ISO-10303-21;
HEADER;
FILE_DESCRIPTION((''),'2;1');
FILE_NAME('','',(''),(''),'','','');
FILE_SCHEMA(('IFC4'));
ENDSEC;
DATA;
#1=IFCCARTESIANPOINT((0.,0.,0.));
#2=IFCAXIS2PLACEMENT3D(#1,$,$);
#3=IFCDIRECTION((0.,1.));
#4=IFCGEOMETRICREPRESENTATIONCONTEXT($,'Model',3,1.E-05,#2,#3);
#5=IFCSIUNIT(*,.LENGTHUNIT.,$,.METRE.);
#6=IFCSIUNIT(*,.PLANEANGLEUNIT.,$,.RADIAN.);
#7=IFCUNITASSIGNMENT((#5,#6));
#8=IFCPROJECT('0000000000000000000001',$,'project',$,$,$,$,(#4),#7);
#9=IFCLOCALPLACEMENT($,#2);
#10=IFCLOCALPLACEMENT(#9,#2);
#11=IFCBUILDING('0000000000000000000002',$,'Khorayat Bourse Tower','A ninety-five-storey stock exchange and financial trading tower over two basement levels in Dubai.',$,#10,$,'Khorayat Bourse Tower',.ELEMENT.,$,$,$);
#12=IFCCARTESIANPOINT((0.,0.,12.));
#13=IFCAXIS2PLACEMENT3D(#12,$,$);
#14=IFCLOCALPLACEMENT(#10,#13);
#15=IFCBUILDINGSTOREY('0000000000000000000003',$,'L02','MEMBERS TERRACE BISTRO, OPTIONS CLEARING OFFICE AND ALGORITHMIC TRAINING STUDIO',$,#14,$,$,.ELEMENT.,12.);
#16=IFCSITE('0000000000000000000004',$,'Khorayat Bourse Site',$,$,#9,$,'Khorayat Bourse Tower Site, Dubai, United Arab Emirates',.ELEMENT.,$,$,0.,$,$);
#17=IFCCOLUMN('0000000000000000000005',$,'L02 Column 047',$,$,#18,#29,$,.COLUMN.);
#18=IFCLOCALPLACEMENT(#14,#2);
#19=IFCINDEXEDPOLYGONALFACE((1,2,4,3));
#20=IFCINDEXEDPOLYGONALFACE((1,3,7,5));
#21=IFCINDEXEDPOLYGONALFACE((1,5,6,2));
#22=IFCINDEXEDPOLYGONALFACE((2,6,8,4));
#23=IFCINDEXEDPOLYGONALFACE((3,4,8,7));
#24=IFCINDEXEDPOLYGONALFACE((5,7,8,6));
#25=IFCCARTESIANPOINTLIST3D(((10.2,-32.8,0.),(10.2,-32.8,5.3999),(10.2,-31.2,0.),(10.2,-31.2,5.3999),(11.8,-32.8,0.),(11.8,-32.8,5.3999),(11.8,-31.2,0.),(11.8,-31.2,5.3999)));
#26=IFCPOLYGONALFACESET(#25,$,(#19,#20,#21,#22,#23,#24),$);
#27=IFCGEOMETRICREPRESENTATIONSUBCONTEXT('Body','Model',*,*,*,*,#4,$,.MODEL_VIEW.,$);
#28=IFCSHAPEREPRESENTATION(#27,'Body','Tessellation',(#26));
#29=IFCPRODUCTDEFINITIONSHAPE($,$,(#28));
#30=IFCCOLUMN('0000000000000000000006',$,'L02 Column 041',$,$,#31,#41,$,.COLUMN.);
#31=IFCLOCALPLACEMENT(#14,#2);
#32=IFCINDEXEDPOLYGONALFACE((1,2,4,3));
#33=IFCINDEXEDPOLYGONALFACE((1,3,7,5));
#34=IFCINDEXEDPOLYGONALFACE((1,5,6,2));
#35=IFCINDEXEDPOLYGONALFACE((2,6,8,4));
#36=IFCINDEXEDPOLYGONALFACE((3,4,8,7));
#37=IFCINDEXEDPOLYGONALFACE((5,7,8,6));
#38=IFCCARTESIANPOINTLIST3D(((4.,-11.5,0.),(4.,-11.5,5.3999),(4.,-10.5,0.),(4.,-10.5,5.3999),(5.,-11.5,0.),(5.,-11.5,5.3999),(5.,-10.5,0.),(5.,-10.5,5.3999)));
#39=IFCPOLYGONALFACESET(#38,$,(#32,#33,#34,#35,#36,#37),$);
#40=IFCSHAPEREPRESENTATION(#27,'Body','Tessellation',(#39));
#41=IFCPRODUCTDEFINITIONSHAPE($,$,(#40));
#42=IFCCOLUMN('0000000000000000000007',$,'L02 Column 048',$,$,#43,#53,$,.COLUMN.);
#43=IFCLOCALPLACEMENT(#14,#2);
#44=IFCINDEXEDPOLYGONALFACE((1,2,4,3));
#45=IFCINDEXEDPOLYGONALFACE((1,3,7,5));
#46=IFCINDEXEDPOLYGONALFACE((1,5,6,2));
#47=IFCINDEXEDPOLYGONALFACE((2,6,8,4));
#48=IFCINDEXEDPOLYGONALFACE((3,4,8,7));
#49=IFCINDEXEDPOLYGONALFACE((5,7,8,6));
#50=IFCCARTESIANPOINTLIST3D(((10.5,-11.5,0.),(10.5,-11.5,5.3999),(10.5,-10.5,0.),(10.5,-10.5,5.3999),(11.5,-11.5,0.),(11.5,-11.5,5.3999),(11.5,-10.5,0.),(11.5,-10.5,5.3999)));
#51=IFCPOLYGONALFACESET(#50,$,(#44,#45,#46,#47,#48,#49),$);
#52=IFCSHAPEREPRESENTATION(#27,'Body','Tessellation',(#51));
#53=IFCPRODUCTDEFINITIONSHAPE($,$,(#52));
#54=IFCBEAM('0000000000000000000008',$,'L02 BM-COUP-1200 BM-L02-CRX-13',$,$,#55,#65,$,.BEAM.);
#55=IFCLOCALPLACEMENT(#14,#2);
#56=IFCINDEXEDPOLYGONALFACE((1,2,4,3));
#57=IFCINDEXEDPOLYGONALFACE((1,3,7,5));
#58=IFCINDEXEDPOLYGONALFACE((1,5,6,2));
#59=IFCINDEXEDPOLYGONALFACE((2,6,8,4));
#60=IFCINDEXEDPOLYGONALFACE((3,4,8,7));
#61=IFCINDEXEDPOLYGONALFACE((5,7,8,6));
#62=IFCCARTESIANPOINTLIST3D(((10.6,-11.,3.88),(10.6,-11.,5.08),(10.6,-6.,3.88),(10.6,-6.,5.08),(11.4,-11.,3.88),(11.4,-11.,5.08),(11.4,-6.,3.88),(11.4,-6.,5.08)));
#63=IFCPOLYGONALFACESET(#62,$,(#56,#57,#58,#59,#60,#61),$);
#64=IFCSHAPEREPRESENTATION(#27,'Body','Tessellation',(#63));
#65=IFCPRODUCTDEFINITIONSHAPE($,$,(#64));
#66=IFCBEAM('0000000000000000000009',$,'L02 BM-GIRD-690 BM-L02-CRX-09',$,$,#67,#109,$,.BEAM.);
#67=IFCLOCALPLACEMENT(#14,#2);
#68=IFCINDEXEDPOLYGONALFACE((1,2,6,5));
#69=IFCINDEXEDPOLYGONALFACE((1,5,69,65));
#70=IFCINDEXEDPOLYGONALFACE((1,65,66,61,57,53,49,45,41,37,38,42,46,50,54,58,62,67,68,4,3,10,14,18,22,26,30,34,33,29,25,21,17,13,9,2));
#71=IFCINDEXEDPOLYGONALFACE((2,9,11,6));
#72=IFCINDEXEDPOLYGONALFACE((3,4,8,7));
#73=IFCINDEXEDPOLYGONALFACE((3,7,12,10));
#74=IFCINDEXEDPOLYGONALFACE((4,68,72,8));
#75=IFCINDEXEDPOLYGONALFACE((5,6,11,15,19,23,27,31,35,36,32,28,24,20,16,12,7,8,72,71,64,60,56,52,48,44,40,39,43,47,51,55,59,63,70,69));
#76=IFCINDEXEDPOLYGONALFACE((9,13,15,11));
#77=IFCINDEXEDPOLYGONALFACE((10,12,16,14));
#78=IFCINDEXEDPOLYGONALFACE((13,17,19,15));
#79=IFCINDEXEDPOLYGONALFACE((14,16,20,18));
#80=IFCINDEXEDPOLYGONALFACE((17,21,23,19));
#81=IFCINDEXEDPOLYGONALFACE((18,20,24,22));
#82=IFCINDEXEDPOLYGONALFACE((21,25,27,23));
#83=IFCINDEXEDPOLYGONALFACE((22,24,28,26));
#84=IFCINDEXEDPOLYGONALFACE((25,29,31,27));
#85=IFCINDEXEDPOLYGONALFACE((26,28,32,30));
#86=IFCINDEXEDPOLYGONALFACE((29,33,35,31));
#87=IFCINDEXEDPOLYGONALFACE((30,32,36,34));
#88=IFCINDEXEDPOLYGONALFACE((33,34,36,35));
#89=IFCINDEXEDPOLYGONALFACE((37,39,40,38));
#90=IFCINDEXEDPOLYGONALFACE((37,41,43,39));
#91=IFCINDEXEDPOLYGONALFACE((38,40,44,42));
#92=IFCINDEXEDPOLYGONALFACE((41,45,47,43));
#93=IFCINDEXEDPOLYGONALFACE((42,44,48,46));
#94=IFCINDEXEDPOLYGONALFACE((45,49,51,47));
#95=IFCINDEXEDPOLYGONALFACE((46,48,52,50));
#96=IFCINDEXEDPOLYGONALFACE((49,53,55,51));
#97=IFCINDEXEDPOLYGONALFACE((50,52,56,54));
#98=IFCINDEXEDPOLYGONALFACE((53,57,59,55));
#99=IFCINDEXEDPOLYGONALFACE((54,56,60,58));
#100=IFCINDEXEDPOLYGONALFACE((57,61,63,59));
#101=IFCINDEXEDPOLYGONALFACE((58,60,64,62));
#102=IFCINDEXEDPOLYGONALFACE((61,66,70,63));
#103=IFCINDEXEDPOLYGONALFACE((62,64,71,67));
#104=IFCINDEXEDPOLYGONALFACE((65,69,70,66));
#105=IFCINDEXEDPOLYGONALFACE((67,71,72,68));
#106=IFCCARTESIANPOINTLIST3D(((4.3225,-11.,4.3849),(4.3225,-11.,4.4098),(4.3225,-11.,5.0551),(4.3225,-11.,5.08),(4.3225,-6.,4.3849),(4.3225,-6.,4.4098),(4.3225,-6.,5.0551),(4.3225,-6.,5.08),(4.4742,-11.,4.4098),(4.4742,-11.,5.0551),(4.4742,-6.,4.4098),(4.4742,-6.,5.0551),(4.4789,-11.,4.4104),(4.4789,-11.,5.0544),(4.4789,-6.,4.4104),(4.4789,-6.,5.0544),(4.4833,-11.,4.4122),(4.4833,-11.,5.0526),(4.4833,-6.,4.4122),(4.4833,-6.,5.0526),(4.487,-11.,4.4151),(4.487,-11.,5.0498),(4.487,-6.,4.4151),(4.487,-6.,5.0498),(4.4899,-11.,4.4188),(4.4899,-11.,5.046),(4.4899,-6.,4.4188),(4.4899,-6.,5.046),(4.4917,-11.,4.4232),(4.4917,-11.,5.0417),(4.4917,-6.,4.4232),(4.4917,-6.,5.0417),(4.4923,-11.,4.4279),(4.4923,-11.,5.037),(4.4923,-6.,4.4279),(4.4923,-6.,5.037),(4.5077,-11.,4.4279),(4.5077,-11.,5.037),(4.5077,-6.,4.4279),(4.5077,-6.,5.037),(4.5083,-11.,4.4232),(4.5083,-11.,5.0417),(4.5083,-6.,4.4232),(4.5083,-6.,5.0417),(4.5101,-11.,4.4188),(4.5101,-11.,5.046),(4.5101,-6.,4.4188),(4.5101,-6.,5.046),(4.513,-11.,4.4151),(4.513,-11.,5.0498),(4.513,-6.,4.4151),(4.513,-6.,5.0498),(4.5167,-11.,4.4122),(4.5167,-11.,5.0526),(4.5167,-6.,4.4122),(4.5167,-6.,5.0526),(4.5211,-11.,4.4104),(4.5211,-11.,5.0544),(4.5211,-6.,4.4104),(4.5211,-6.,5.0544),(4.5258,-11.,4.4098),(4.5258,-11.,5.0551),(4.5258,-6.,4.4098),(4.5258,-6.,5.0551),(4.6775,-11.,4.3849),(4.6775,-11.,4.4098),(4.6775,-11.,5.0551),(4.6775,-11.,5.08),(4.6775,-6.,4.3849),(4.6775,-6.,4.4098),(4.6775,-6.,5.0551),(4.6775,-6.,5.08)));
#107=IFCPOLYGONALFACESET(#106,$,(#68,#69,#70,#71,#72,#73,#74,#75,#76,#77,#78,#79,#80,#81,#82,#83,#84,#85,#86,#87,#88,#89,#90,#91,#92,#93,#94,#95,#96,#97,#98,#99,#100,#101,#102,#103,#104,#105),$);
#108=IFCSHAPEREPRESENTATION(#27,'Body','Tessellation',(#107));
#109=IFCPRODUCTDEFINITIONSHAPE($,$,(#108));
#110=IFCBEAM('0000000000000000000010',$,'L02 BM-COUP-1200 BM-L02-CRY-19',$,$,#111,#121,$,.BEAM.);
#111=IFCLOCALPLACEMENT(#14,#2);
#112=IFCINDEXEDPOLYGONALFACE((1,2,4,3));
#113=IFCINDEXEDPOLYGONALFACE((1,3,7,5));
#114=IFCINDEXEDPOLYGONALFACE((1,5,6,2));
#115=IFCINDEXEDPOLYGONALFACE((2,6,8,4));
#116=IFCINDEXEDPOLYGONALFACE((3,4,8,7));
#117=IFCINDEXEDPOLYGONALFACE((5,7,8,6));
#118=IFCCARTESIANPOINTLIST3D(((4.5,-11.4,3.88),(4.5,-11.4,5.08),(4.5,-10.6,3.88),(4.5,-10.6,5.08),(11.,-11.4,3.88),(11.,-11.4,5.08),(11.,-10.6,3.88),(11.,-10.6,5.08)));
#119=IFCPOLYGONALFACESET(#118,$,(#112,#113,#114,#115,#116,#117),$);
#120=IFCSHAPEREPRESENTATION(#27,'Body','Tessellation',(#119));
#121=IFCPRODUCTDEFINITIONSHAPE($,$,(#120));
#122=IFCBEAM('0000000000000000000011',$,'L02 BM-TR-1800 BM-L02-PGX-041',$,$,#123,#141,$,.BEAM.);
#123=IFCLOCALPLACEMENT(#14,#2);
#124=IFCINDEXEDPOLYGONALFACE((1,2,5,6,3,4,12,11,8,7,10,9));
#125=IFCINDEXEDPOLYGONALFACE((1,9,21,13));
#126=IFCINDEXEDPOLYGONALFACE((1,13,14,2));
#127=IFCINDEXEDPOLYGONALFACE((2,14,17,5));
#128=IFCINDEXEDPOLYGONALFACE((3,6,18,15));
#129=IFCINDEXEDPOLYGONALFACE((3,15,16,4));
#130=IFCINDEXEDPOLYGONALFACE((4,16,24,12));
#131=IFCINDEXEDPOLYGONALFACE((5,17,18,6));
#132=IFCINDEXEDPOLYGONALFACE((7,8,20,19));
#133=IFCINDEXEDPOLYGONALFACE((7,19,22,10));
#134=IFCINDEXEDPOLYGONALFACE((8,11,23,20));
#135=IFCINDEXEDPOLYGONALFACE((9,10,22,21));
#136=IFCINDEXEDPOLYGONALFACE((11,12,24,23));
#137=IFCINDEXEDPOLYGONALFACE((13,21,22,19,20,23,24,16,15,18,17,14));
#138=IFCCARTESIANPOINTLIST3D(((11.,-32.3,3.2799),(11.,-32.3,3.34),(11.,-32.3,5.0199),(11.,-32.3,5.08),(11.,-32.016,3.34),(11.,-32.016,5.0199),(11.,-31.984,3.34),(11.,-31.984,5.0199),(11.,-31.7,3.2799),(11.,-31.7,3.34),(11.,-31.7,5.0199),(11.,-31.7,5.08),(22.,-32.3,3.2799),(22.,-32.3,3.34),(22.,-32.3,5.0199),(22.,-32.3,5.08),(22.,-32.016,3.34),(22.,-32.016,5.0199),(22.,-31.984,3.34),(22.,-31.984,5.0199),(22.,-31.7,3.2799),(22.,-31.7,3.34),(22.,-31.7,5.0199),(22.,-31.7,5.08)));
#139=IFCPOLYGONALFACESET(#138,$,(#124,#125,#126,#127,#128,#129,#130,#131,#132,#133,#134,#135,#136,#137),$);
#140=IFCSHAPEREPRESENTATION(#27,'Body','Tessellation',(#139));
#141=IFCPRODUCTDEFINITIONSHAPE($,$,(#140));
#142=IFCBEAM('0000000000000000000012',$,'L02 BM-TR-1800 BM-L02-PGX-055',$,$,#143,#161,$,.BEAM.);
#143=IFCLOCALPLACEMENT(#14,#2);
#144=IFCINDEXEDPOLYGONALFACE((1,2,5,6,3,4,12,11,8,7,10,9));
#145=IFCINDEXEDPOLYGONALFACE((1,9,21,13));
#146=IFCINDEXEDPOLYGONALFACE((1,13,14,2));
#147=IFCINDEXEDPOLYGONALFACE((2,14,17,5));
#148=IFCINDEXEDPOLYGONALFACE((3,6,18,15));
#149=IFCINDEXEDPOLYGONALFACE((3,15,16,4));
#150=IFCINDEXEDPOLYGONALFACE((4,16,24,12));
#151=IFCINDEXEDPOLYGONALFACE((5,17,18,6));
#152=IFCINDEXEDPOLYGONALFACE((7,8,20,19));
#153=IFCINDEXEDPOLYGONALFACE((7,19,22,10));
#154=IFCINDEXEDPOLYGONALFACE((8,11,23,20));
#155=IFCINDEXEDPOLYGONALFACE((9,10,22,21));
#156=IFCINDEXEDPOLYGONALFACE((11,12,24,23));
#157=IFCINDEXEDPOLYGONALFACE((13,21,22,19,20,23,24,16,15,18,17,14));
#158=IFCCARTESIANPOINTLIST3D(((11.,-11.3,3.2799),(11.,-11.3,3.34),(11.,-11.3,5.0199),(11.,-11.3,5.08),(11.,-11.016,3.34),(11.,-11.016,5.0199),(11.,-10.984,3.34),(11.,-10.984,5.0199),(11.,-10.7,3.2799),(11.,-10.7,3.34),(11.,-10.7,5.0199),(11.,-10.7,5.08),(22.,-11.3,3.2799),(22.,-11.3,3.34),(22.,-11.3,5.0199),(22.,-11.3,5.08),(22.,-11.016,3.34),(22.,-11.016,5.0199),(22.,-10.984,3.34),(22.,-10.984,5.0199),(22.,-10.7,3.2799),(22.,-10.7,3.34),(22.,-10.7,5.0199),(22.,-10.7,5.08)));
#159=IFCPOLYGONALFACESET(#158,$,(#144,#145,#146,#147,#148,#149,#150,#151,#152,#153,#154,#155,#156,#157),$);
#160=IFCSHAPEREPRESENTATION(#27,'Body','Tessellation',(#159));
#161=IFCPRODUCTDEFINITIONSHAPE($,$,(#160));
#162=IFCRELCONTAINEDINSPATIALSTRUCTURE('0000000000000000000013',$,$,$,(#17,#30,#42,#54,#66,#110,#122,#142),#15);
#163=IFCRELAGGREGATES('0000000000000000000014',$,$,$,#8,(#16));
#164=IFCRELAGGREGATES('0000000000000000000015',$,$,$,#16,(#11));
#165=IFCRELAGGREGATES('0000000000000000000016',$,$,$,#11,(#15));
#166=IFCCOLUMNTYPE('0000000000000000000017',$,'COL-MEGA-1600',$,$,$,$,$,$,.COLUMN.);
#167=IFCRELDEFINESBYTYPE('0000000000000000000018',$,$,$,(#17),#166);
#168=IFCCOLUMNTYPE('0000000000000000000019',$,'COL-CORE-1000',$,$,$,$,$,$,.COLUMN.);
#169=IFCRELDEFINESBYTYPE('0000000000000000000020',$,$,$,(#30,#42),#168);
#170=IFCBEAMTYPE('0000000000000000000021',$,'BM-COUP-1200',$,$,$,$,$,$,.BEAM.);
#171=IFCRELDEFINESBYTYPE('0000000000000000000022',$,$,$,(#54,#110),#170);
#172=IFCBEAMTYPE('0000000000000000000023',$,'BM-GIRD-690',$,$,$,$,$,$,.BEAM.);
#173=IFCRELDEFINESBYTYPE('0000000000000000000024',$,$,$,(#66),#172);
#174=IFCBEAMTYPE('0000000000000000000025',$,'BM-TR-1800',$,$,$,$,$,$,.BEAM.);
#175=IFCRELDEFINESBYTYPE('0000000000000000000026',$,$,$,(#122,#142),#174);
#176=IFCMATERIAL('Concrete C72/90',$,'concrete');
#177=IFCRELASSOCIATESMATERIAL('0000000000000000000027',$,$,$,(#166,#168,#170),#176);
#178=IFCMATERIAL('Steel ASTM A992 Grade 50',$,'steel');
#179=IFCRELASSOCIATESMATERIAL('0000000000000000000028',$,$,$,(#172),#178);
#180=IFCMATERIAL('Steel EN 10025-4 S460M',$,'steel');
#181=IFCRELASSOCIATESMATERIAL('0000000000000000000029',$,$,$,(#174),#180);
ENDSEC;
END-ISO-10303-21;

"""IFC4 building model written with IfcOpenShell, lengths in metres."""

from ifc_helpers import new_model, si_unit, direction, frame, origin, origin_2d, place, context, subcontext, project, spatial, rectangle, i_section, extrude, source, transform, mapped, material, material_profile, profile_set, type_object, element, save


model = new_model("IFC4")

# Units and contexts
model_context = context("Model", 3, precision=1e-05, world=origin(), true_north=direction((0.0, 1.0)))
body_context = subcontext(model_context, "Body", "Model", "MODEL_VIEW")
ifc_project = project(units=[si_unit("LENGTHUNIT", "METRE"), si_unit("PLANEANGLEUNIT", "RADIAN")], contexts=[model_context])

# Site, building, storey
site_placement = place(None, origin())
site = spatial("IfcSite", under=ifc_project, at=site_placement, Name="Khorayat Bourse Site", LongName="Khorayat Bourse Tower Site, Dubai, United Arab Emirates", CompositionType="ELEMENT", RefElevation=0.0)
building_placement = place(site_placement, origin())
building = spatial("IfcBuilding", under=site, at=building_placement, Name="Khorayat Bourse Tower", Description="A ninety-five-storey stock exchange and financial trading tower over two basement levels in Dubai.", LongName="Khorayat Bourse Tower", CompositionType="ELEMENT")
storey_placement = place(building_placement, frame((0.0, 0.0, 12.0)))
storey = spatial("IfcBuildingStorey", under=building, at=storey_placement, Name="L02", Description="MEMBERS TERRACE BISTRO, OPTIONS CLEARING OFFICE AND ALGORITHMIC TRAINING STUDIO", CompositionType="ELEMENT", Elevation=12.0)

# Columns
ifc_material_1 = material(Name="Concrete C72/90", Category="concrete")
ifc_material_profile_1 = material_profile(ifc_material_1, rectangle(XDim=1.6001, YDim=1.6001, at=origin_2d()), Name="RC 1600x1600")
ifc_profile_set_1 = profile_set([ifc_material_profile_1], Name="Concrete C72/90")
column_type_1 = type_object("IfcColumnType", Name="COL-MEGA-1600", PredefinedType="COLUMN", material=ifc_profile_set_1)
shared_shape_1 = source(origin(), body_context, "Body", "SweptSolid", [
    extrude(rectangle(XDim=1.6001, YDim=1.6001, at=origin_2d()), origin(), (0.0, 0.0, 1.0), 5.3999),
])
column_placement = place(storey_placement, frame((11.0, -32.0, 0.0), z_axis=(0.0, 0.0, 1.0), x_axis=(1.0, 0.0, 0.0)))
element("IfcColumn", 1, at=column_placement, inside=storey, type_object=column_type_1, Name="L02 Column 047", PredefinedType="COLUMN", context=body_context, shape_type="MappedRepresentation", body=[
    mapped(shared_shape_1, transform((0.0, 0.0, 0.0), scale=1.0)),
])
ifc_material_profile_2 = material_profile(ifc_material_1, rectangle(XDim=1.0, YDim=1.0, at=origin_2d()), Name="RC 1000x1000")
ifc_profile_set_2 = profile_set([ifc_material_profile_2], Name="Concrete C72/90")
column_type_2 = type_object("IfcColumnType", Name="COL-CORE-1000", PredefinedType="COLUMN", material=ifc_profile_set_2)
shared_shape_2 = source(origin(), body_context, "Body", "SweptSolid", [
    extrude(rectangle(XDim=1.0, YDim=1.0, at=origin_2d()), origin(), (0.0, 0.0, 1.0), 5.3999),
])
for number, where, z_axis, x_axis, name in (
    (2, (4.5, -11.0, 0.0), (0.0, 0.0, 1.0), (1.0, 0.0, 0.0), "L02 Column 041"),
    (3, (11.0, -11.0, 0.0), (0.0, 0.0, 1.0), (1.0, 0.0, 0.0), "L02 Column 048"),
):
    element("IfcColumn", number, at=place(storey_placement, frame(where, z_axis=z_axis, x_axis=x_axis)), inside=storey, type_object=column_type_2, Name=name, PredefinedType="COLUMN", context=body_context, shape_type="MappedRepresentation", body=[
        mapped(shared_shape_2, transform((0.0, 0.0, 0.0), scale=1.0)),
    ])

# Beams
ifc_material_profile_3 = material_profile(ifc_material_1, rectangle(XDim=0.8, YDim=1.2, at=origin_2d()), Name="RC 800x1200")
ifc_profile_set_3 = profile_set([ifc_material_profile_3], Name="Concrete C72/90")
beam_type_1 = type_object("IfcBeamType", Name="BM-COUP-1200", PredefinedType="BEAM", material=ifc_profile_set_3)
shared_shape_3 = source(origin(), body_context, "Body", "SweptSolid", [
    extrude(rectangle(XDim=0.8, YDim=1.2, at=origin_2d()), origin(), (0.0, 0.0, 1.0), 5.0),
])
beam_1_placement = place(storey_placement, frame((11.0, -11.0, 4.48), z_axis=(0.0, 1.0, 0.0), x_axis=(-1.0, 0.0, 0.0)))
element("IfcBeam", 4, at=beam_1_placement, inside=storey, type_object=beam_type_1, Name="L02 BM-COUP-1200 BM-L02-CRX-13", PredefinedType="BEAM", context=body_context, shape_type="MappedRepresentation", body=[
    mapped(shared_shape_3, transform((0.0, 0.0, 0.0), scale=1.0)),
])
ifc_material_2 = material(Name="Steel ASTM A992 Grade 50", Category="steel")
ifc_material_profile_4 = material_profile(ifc_material_2, i_section(OverallWidth=0.355, OverallDepth=0.6951, WebThickness=0.0154, FlangeThickness=0.0249, FilletRadius=0.0181, at=origin_2d()), Name="W690X217")
ifc_profile_set_4 = profile_set([ifc_material_profile_4], Name="Steel ASTM A992 Grade 50")
beam_type_2 = type_object("IfcBeamType", Name="BM-GIRD-690", PredefinedType="BEAM", material=ifc_profile_set_4)
shared_shape_4 = source(origin(), body_context, "Body", "SweptSolid", [
    extrude(i_section(OverallWidth=0.355, OverallDepth=0.6951, WebThickness=0.0154, FlangeThickness=0.0249, FilletRadius=0.0181, at=origin_2d()), origin(), (0.0, 0.0, 1.0), 5.0),
])
beam_2_placement = place(storey_placement, frame((4.5, -11.0, 4.7324), z_axis=(0.0, 1.0, 0.0), x_axis=(-1.0, 0.0, 0.0)))
element("IfcBeam", 5, at=beam_2_placement, inside=storey, type_object=beam_type_2, Name="L02 BM-GIRD-690 BM-L02-CRX-09", PredefinedType="BEAM", context=body_context, shape_type="MappedRepresentation", body=[
    mapped(shared_shape_4, transform((0.0, 0.0, 0.0), scale=1.0)),
])
shared_shape_5 = source(origin(), body_context, "Body", "SweptSolid", [
    extrude(rectangle(XDim=0.8, YDim=1.2, at=origin_2d()), origin(), (0.0, 0.0, 1.0), 6.5),
])
beam_3_placement = place(storey_placement, frame((4.5, -11.0, 4.48), z_axis=(1.0, 0.0, 0.0), x_axis=(0.0, 1.0, 0.0)))
element("IfcBeam", 6, at=beam_3_placement, inside=storey, type_object=beam_type_1, Name="L02 BM-COUP-1200 BM-L02-CRY-19", PredefinedType="BEAM", context=body_context, shape_type="MappedRepresentation", body=[
    mapped(shared_shape_5, transform((0.0, 0.0, 0.0), scale=1.0)),
])
ifc_material_3 = material(Name="Steel EN 10025-4 S460M", Category="steel")
ifc_material_profile_5 = material_profile(ifc_material_3, i_section(OverallWidth=0.6001, OverallDepth=1.8, WebThickness=0.032, FlangeThickness=0.0601, at=origin_2d()), Name="PG 1800x600x32x60")
ifc_profile_set_5 = profile_set([ifc_material_profile_5], Name="Steel EN 10025-4 S460M")
beam_type_3 = type_object("IfcBeamType", Name="BM-TR-1800", PredefinedType="BEAM", material=ifc_profile_set_5)
shared_shape_6 = source(origin(), body_context, "Body", "SweptSolid", [
    extrude(i_section(OverallWidth=0.6001, OverallDepth=1.8, WebThickness=0.032, FlangeThickness=0.0601, at=origin_2d()), origin(), (0.0, 0.0, 1.0), 11.0),
])
for number, where, z_axis, x_axis, name in (
    (7, (11.0, -32.0, 4.1799), (1.0, 0.0, 0.0), (0.0, 1.0, 0.0), "L02 BM-TR-1800 BM-L02-PGX-041"),
    (8, (11.0, -11.0, 4.1799), (1.0, 0.0, 0.0), (0.0, 1.0, 0.0), "L02 BM-TR-1800 BM-L02-PGX-055"),
):
    element("IfcBeam", number, at=place(storey_placement, frame(where, z_axis=z_axis, x_axis=x_axis)), inside=storey, type_object=beam_type_3, Name=name, PredefinedType="BEAM", context=body_context, shape_type="MappedRepresentation", body=[
        mapped(shared_shape_6, transform((0.0, 0.0, 0.0), scale=1.0)),
    ])

save(model, "model.ifc")
